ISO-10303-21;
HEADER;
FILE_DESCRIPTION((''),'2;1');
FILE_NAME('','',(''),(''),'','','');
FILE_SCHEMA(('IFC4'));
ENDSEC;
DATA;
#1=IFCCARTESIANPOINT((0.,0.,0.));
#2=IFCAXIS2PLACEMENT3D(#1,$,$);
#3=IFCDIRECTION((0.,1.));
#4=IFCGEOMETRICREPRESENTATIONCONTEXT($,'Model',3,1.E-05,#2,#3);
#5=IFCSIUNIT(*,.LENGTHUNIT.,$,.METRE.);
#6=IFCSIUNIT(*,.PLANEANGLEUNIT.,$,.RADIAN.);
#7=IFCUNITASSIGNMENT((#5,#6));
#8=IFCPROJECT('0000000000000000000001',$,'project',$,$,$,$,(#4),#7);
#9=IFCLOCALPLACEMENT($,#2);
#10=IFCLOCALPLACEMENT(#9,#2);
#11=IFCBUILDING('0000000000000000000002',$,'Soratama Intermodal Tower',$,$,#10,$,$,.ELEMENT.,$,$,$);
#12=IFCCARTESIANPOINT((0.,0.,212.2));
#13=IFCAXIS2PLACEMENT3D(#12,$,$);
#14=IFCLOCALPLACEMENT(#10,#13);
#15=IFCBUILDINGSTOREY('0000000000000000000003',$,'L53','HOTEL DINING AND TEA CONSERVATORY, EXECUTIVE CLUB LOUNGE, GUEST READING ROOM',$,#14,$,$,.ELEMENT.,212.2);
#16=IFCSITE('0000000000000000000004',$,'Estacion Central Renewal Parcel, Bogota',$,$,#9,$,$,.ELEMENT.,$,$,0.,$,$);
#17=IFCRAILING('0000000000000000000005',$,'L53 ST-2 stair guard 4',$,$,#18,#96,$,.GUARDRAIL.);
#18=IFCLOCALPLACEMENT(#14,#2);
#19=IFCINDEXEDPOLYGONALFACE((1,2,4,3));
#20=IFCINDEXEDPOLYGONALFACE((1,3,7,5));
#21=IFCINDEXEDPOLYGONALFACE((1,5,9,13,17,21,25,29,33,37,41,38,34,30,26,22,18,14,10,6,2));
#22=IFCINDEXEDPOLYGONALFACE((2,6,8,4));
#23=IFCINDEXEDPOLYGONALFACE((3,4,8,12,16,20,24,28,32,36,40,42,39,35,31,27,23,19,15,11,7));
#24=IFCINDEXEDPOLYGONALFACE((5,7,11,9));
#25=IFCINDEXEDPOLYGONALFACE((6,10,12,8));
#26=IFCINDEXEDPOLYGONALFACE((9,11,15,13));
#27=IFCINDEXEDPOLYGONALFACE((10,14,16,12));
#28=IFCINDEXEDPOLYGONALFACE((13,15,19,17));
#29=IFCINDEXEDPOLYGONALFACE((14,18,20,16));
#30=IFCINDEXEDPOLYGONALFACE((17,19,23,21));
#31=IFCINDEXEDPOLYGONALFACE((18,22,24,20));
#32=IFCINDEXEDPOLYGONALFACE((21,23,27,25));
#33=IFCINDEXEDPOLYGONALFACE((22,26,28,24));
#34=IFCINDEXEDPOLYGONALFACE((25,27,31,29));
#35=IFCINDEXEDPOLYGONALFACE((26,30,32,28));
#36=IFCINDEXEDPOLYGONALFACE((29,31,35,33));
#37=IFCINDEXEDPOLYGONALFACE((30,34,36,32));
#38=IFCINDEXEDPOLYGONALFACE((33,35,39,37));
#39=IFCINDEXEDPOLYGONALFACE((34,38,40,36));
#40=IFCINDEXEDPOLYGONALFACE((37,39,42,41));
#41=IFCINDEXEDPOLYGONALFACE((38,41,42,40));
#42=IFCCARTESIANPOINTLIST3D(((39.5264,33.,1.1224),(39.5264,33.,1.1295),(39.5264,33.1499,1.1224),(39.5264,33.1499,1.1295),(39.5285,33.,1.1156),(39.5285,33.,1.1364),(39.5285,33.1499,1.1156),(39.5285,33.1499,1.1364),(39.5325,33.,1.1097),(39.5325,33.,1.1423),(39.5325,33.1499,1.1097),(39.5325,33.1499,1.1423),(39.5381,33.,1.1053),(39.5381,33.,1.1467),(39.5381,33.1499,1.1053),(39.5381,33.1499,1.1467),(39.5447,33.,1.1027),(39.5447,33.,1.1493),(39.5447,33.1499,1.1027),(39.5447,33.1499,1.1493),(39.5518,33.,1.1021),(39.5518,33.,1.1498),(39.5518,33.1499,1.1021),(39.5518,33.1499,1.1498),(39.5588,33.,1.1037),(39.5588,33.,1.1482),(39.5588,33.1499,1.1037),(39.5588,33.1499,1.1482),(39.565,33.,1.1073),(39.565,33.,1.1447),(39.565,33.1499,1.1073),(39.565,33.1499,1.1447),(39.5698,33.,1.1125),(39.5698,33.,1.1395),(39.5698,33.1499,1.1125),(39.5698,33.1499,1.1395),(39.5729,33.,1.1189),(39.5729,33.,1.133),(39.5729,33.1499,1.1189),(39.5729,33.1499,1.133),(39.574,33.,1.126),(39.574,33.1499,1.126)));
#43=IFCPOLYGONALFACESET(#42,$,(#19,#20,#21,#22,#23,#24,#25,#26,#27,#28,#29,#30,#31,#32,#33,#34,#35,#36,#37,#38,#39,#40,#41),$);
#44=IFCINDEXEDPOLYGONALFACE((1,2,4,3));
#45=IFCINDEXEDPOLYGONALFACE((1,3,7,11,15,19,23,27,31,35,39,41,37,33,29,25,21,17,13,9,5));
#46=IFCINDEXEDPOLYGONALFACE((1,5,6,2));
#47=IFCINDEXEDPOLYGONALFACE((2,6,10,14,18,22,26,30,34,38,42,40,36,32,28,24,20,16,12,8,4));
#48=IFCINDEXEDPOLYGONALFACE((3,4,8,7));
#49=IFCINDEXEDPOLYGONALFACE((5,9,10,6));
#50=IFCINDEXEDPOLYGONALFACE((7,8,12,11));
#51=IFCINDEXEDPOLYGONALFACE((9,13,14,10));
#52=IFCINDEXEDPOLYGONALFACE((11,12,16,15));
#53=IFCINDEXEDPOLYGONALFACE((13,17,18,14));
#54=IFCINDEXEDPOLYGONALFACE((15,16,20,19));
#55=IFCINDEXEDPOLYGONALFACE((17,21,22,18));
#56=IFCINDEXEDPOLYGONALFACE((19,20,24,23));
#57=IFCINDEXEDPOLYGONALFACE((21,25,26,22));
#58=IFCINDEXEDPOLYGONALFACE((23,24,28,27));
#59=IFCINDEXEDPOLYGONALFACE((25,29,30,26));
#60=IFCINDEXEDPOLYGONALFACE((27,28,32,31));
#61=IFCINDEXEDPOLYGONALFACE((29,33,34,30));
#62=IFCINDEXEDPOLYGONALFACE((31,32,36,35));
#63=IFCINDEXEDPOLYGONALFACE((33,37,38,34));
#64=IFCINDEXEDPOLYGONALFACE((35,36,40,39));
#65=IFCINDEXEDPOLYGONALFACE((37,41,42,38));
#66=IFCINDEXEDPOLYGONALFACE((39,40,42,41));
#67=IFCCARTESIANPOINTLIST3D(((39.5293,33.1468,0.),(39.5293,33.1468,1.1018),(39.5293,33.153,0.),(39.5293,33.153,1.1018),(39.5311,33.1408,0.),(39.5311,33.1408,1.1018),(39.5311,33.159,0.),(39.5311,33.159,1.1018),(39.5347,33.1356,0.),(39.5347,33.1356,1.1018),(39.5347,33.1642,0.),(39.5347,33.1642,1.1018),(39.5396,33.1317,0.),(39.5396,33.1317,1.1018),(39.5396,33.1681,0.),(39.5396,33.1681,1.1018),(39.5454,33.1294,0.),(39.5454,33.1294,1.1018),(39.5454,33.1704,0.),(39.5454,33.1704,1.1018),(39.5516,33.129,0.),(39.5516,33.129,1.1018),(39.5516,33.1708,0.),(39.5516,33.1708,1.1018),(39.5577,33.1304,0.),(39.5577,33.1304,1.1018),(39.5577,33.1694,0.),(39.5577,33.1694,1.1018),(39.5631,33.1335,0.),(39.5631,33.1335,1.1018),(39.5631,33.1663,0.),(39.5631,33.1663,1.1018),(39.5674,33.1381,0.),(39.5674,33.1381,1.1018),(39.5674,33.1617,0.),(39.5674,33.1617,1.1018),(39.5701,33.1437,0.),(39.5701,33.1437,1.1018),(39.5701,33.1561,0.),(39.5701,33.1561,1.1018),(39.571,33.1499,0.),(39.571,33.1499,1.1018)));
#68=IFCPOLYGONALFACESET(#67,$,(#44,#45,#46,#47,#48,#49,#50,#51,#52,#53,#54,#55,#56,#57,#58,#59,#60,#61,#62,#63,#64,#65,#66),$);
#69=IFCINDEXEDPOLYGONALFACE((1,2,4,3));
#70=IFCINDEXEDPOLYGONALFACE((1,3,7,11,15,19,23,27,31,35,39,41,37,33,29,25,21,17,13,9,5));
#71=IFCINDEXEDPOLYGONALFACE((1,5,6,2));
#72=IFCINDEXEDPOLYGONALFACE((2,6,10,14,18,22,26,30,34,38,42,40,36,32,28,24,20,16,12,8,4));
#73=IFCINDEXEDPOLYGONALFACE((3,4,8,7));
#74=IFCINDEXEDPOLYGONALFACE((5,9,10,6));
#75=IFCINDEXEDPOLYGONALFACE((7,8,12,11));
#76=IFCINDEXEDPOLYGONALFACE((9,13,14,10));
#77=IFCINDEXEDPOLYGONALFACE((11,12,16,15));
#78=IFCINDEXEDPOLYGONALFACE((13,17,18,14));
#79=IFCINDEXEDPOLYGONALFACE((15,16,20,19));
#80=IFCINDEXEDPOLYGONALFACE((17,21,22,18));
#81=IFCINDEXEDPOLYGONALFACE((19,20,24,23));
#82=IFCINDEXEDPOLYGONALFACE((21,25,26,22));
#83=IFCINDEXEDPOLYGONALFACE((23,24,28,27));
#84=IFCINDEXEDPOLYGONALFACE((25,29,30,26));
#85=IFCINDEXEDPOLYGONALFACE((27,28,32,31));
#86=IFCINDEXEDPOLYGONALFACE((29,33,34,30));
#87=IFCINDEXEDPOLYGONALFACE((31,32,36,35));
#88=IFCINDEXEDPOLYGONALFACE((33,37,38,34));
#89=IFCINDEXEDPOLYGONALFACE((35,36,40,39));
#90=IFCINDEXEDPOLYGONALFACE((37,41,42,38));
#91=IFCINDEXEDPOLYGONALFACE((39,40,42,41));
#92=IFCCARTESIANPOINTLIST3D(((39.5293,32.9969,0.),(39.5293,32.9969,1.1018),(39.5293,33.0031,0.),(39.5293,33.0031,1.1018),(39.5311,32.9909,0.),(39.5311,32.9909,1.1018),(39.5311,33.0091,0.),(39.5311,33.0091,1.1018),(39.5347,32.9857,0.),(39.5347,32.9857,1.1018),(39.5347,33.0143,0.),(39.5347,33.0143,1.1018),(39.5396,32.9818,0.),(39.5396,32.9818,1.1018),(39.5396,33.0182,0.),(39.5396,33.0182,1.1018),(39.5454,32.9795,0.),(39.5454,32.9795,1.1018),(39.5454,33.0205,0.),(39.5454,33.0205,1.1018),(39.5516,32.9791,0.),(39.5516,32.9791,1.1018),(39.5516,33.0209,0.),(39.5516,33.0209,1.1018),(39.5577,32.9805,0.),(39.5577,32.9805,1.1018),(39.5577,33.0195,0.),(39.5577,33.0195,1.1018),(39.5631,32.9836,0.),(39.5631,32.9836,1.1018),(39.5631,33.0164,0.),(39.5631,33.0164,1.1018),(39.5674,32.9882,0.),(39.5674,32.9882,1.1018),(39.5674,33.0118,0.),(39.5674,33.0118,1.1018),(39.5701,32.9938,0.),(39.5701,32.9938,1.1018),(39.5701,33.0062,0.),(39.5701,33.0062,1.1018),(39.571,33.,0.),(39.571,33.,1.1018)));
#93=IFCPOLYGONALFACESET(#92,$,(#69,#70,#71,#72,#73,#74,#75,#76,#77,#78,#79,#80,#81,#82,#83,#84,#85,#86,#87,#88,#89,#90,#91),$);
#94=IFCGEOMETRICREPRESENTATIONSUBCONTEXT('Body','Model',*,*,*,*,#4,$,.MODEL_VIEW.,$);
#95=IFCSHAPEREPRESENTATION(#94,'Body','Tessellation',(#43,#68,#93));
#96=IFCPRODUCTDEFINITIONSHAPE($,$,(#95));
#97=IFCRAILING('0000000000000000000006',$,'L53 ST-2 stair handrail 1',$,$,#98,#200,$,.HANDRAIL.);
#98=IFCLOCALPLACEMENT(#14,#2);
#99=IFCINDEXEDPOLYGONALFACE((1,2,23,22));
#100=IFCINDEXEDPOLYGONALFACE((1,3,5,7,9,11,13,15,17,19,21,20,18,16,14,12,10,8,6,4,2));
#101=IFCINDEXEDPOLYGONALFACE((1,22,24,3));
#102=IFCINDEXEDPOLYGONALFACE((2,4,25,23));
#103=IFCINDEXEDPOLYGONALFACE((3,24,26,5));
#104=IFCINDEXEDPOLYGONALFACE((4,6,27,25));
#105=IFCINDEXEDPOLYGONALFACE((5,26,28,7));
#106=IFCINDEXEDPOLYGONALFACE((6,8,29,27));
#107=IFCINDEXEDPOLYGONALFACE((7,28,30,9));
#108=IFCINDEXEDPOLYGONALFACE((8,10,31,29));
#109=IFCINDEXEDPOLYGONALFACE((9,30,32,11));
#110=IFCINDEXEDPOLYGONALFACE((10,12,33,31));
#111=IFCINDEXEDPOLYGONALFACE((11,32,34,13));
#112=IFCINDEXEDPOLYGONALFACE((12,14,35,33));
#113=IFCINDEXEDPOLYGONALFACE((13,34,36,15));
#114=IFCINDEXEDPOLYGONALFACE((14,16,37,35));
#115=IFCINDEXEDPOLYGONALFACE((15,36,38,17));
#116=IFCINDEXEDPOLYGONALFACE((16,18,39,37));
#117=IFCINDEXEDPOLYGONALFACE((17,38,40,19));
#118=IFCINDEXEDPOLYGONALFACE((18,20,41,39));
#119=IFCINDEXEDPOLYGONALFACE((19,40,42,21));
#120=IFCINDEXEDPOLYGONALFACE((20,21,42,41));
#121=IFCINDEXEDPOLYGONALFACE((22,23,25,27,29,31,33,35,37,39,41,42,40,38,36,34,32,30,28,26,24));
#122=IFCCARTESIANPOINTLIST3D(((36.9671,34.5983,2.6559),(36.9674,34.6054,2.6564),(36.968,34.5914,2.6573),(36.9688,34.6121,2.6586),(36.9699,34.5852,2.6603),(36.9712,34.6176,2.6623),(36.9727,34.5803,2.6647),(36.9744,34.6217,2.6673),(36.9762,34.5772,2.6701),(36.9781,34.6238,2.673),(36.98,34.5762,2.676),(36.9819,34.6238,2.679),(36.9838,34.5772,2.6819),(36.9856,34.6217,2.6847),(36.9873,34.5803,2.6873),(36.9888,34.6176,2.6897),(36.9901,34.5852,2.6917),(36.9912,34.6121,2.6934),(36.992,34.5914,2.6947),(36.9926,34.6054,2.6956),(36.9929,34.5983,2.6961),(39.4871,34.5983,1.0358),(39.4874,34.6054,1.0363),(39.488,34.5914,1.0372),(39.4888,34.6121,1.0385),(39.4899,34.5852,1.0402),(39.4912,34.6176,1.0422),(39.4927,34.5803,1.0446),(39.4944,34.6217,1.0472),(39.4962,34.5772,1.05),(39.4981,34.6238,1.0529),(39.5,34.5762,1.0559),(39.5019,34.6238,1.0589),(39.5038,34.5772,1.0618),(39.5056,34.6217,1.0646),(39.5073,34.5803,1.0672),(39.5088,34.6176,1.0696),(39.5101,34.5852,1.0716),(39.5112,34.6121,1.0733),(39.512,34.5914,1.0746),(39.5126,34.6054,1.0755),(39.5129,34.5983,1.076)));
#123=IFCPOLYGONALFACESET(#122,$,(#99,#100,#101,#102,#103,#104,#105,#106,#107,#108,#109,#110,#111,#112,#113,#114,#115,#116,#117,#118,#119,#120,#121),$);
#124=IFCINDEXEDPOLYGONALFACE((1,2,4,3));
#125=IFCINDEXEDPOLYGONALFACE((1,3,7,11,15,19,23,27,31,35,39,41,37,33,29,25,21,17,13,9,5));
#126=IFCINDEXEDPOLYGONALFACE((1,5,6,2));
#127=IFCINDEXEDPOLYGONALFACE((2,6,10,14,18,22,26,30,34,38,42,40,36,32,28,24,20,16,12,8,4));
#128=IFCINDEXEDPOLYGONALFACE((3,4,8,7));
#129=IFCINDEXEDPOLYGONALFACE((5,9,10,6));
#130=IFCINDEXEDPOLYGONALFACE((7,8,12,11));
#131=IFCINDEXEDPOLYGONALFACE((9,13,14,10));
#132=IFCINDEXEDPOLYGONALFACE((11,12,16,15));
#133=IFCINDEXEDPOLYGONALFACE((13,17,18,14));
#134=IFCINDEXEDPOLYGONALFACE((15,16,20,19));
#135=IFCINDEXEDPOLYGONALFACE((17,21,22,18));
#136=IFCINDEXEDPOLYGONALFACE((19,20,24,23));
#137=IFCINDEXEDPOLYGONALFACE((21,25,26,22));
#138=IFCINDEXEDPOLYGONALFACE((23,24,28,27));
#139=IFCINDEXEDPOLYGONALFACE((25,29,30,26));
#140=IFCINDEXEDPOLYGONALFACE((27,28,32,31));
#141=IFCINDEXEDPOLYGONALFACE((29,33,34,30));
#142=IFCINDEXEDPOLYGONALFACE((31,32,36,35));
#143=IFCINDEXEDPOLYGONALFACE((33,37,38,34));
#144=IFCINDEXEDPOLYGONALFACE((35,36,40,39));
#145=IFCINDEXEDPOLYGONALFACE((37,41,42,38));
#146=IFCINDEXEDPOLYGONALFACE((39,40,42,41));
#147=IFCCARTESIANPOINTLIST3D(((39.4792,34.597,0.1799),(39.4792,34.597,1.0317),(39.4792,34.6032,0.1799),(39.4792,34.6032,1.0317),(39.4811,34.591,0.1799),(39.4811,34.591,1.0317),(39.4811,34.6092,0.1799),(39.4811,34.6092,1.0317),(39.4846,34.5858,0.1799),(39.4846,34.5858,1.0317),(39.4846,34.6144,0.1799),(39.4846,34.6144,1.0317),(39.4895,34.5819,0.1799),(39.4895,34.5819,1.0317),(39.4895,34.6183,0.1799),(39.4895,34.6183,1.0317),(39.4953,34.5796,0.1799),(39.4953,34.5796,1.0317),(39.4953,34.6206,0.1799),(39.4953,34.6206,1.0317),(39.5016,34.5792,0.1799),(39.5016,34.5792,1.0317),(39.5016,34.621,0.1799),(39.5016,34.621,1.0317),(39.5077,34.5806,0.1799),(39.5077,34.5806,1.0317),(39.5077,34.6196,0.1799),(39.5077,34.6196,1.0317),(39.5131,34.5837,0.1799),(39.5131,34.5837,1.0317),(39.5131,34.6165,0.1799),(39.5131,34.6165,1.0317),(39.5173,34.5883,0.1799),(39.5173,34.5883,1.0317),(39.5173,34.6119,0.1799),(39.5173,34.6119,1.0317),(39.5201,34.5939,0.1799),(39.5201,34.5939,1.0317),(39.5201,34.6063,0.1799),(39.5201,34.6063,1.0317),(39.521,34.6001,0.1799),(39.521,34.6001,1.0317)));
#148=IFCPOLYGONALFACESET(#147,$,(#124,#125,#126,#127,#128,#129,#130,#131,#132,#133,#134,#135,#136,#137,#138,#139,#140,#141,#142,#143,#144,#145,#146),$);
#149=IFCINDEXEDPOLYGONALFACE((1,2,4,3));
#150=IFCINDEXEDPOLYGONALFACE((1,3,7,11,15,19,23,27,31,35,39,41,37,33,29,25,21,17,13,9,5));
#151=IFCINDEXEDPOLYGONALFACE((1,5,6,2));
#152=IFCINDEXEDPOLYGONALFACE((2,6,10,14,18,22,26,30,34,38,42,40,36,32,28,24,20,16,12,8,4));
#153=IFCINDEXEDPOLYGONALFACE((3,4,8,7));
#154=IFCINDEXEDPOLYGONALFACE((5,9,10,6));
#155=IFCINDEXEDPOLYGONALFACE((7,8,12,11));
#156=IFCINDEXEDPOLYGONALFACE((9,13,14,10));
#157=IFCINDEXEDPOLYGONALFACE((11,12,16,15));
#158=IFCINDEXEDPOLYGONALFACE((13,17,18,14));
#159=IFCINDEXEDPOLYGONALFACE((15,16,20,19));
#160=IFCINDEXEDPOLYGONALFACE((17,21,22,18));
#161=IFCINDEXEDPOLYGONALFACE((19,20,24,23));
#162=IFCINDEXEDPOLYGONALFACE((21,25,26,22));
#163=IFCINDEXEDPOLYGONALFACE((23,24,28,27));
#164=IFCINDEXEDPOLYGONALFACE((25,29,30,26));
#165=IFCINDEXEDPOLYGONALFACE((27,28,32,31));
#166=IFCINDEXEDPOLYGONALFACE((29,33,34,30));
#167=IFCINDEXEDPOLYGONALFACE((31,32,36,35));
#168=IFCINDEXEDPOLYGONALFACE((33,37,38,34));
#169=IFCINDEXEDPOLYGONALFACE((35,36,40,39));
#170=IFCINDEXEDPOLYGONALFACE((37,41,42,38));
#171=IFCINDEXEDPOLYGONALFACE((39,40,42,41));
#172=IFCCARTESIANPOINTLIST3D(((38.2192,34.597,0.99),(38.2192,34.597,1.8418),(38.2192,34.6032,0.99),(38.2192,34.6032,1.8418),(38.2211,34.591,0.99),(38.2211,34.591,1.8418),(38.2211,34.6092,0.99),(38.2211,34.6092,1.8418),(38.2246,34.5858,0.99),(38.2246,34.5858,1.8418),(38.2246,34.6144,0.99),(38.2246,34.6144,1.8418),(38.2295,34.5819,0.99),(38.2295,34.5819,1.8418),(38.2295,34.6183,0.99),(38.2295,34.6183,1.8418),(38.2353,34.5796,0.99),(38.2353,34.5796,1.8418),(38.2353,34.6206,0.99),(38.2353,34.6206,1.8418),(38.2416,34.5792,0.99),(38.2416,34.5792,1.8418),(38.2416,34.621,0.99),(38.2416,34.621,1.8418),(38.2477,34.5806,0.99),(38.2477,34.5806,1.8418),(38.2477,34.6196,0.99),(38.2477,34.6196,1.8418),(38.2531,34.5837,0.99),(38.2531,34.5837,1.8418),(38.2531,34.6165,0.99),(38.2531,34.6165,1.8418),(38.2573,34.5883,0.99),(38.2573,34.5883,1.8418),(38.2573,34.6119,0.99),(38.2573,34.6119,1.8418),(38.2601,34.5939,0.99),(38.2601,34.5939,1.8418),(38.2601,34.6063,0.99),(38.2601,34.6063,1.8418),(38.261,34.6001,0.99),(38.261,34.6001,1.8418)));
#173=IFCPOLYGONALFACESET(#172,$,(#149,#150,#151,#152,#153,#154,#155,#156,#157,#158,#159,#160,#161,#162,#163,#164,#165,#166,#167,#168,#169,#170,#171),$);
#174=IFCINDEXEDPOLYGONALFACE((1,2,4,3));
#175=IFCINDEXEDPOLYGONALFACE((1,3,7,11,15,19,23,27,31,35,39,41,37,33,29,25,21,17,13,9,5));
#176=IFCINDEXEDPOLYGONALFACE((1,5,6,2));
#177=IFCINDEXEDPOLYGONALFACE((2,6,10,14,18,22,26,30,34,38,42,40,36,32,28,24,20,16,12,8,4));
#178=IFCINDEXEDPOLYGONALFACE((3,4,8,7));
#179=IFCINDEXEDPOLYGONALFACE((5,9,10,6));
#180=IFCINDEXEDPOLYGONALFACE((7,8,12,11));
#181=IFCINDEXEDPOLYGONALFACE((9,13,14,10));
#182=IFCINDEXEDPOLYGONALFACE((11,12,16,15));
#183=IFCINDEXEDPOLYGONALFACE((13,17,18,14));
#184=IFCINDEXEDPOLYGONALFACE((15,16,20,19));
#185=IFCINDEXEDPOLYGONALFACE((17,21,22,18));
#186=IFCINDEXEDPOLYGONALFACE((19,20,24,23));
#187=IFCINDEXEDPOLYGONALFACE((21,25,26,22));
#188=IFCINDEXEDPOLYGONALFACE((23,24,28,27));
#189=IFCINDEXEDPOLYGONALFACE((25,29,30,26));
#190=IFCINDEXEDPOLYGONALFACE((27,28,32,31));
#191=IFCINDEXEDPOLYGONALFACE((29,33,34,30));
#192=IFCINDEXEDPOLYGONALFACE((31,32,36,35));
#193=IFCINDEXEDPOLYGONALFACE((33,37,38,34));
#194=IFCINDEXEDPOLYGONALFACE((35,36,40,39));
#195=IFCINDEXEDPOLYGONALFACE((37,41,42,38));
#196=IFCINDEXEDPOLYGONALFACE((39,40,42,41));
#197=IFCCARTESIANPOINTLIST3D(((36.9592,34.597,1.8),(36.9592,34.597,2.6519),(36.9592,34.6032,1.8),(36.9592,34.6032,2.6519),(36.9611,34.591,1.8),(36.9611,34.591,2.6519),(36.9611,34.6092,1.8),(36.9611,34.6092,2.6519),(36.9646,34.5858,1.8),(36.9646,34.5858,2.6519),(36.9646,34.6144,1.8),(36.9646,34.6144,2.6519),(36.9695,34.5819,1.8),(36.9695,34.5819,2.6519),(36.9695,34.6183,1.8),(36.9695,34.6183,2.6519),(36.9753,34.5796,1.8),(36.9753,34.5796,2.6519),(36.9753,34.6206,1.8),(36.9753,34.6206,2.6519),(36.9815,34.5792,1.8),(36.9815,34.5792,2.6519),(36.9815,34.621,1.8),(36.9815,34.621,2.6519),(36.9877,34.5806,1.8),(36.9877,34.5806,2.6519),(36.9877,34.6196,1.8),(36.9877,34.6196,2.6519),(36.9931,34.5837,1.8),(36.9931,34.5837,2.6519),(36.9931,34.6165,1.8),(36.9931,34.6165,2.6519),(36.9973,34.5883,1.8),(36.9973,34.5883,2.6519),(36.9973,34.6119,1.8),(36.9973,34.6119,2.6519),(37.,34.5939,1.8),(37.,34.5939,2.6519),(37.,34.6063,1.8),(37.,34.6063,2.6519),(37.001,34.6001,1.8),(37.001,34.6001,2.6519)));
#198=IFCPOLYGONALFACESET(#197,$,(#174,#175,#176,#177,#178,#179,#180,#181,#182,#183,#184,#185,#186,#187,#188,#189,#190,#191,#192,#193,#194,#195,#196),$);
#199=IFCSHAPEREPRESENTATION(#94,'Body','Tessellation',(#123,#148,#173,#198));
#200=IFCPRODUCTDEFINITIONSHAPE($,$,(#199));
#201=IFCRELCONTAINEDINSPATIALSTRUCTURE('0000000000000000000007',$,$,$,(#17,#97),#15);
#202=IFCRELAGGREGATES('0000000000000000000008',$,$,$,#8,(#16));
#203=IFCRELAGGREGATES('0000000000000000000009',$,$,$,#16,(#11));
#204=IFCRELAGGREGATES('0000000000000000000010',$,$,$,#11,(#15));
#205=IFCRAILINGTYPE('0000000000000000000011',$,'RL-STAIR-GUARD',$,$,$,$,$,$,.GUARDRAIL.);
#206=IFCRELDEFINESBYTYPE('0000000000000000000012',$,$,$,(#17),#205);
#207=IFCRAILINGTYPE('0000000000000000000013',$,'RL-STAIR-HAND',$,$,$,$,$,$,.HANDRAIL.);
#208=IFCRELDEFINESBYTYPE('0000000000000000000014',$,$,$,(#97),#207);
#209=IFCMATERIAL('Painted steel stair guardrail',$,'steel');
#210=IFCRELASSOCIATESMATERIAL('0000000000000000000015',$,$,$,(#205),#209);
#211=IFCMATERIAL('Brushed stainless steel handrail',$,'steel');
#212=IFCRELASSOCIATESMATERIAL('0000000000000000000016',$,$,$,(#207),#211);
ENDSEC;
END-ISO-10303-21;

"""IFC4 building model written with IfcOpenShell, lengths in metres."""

from ifc_helpers import new_model, si_unit, direction, frame, origin, origin_2d, place, context, subcontext, project, spatial, circle, extrude, material, type_object, element, save


model = new_model("IFC4")

# Units and contexts
model_context = context("Model", 3, precision=1e-05, world=origin(), true_north=direction((0.0, 1.0)))
body_context = subcontext(model_context, "Body", "Model", "MODEL_VIEW")
ifc_project = project(units=[si_unit("LENGTHUNIT", "METRE"), si_unit("PLANEANGLEUNIT", "RADIAN")], contexts=[model_context])

# Site, building, storey
site_placement = place(None, origin())
site = spatial("IfcSite", under=ifc_project, at=site_placement, Name="Estacion Central Renewal Parcel, Bogota", CompositionType="ELEMENT", RefElevation=0.0)
building_placement = place(site_placement, origin())
building = spatial("IfcBuilding", under=site, at=building_placement, Name="Soratama Intermodal Tower", CompositionType="ELEMENT")
storey_placement = place(building_placement, frame((0.0, 0.0, 212.2)))
storey = spatial("IfcBuildingStorey", under=building, at=storey_placement, Name="L53", Description="HOTEL DINING AND TEA CONSERVATORY, EXECUTIVE CLUB LOUNGE, GUEST READING ROOM", CompositionType="ELEMENT", Elevation=212.2)

# Railings
ifc_material_1 = material(Name="Painted steel stair guardrail", Category="steel")
railing_type_1 = type_object("IfcRailingType", Name="RL-STAIR-GUARD", PredefinedType="GUARDRAIL", material=ifc_material_1)
railing_1_placement = place(storey_placement, frame((39.55, 33.1499, 0.0)))
element("IfcRailing", 1, at=railing_1_placement, inside=storey, type_object=railing_type_1, Name="L53 ST-2 stair guard 4", PredefinedType="GUARDRAIL", context=body_context, shape_type="SweptSolid", body=[
    extrude(circle(Radius=0.0239, at=origin_2d()), frame((0.0, 0.0, 1.126), z_axis=(0.0, -1.0, 0.0), x_axis=(1.0, 0.0, 0.0)), (0.0, 0.0, 1.0), 0.1499),
    extrude(circle(Radius=0.021, at=origin_2d()), origin(), (0.0, 0.0, 1.0), 1.1018),
    extrude(circle(Radius=0.021, at=origin_2d()), frame((0.0, -0.1499, 0.0)), (0.0, 0.0, 1.0), 1.1018),
])
ifc_material_2 = material(Name="Brushed stainless steel handrail", Category="steel")
railing_type_2 = type_object("IfcRailingType", Name="RL-STAIR-HAND", PredefinedType="HANDRAIL", material=ifc_material_2)
railing_2_placement = place(storey_placement, frame((39.5, 34.6001, 0.1799)))
element("IfcRailing", 2, at=railing_2_placement, inside=storey, type_object=railing_type_2, Name="L53 ST-2 stair handrail 1", PredefinedType="HANDRAIL", context=body_context, shape_type="SweptSolid", body=[
    extrude(circle(Radius=0.0239, at=origin_2d()), frame((0.0, 0.0, 0.876), z_axis=(-0.841163, 0.0, 0.540782), x_axis=(0.0, -1.0, 0.0)), (0.0, 0.0, 1.0), 2.9958),
    extrude(circle(Radius=0.021, at=origin_2d()), origin(), (0.0, 0.0, 1.0), 0.8518),
    extrude(circle(Radius=0.021, at=origin_2d()), frame((-1.26, 0.0, 0.8101)), (0.0, 0.0, 1.0), 0.8518),
    extrude(circle(Radius=0.021, at=origin_2d()), frame((-2.52, 0.0, 1.6201)), (0.0, 0.0, 1.0), 0.8518),
])

save(model, "model.ifc")
